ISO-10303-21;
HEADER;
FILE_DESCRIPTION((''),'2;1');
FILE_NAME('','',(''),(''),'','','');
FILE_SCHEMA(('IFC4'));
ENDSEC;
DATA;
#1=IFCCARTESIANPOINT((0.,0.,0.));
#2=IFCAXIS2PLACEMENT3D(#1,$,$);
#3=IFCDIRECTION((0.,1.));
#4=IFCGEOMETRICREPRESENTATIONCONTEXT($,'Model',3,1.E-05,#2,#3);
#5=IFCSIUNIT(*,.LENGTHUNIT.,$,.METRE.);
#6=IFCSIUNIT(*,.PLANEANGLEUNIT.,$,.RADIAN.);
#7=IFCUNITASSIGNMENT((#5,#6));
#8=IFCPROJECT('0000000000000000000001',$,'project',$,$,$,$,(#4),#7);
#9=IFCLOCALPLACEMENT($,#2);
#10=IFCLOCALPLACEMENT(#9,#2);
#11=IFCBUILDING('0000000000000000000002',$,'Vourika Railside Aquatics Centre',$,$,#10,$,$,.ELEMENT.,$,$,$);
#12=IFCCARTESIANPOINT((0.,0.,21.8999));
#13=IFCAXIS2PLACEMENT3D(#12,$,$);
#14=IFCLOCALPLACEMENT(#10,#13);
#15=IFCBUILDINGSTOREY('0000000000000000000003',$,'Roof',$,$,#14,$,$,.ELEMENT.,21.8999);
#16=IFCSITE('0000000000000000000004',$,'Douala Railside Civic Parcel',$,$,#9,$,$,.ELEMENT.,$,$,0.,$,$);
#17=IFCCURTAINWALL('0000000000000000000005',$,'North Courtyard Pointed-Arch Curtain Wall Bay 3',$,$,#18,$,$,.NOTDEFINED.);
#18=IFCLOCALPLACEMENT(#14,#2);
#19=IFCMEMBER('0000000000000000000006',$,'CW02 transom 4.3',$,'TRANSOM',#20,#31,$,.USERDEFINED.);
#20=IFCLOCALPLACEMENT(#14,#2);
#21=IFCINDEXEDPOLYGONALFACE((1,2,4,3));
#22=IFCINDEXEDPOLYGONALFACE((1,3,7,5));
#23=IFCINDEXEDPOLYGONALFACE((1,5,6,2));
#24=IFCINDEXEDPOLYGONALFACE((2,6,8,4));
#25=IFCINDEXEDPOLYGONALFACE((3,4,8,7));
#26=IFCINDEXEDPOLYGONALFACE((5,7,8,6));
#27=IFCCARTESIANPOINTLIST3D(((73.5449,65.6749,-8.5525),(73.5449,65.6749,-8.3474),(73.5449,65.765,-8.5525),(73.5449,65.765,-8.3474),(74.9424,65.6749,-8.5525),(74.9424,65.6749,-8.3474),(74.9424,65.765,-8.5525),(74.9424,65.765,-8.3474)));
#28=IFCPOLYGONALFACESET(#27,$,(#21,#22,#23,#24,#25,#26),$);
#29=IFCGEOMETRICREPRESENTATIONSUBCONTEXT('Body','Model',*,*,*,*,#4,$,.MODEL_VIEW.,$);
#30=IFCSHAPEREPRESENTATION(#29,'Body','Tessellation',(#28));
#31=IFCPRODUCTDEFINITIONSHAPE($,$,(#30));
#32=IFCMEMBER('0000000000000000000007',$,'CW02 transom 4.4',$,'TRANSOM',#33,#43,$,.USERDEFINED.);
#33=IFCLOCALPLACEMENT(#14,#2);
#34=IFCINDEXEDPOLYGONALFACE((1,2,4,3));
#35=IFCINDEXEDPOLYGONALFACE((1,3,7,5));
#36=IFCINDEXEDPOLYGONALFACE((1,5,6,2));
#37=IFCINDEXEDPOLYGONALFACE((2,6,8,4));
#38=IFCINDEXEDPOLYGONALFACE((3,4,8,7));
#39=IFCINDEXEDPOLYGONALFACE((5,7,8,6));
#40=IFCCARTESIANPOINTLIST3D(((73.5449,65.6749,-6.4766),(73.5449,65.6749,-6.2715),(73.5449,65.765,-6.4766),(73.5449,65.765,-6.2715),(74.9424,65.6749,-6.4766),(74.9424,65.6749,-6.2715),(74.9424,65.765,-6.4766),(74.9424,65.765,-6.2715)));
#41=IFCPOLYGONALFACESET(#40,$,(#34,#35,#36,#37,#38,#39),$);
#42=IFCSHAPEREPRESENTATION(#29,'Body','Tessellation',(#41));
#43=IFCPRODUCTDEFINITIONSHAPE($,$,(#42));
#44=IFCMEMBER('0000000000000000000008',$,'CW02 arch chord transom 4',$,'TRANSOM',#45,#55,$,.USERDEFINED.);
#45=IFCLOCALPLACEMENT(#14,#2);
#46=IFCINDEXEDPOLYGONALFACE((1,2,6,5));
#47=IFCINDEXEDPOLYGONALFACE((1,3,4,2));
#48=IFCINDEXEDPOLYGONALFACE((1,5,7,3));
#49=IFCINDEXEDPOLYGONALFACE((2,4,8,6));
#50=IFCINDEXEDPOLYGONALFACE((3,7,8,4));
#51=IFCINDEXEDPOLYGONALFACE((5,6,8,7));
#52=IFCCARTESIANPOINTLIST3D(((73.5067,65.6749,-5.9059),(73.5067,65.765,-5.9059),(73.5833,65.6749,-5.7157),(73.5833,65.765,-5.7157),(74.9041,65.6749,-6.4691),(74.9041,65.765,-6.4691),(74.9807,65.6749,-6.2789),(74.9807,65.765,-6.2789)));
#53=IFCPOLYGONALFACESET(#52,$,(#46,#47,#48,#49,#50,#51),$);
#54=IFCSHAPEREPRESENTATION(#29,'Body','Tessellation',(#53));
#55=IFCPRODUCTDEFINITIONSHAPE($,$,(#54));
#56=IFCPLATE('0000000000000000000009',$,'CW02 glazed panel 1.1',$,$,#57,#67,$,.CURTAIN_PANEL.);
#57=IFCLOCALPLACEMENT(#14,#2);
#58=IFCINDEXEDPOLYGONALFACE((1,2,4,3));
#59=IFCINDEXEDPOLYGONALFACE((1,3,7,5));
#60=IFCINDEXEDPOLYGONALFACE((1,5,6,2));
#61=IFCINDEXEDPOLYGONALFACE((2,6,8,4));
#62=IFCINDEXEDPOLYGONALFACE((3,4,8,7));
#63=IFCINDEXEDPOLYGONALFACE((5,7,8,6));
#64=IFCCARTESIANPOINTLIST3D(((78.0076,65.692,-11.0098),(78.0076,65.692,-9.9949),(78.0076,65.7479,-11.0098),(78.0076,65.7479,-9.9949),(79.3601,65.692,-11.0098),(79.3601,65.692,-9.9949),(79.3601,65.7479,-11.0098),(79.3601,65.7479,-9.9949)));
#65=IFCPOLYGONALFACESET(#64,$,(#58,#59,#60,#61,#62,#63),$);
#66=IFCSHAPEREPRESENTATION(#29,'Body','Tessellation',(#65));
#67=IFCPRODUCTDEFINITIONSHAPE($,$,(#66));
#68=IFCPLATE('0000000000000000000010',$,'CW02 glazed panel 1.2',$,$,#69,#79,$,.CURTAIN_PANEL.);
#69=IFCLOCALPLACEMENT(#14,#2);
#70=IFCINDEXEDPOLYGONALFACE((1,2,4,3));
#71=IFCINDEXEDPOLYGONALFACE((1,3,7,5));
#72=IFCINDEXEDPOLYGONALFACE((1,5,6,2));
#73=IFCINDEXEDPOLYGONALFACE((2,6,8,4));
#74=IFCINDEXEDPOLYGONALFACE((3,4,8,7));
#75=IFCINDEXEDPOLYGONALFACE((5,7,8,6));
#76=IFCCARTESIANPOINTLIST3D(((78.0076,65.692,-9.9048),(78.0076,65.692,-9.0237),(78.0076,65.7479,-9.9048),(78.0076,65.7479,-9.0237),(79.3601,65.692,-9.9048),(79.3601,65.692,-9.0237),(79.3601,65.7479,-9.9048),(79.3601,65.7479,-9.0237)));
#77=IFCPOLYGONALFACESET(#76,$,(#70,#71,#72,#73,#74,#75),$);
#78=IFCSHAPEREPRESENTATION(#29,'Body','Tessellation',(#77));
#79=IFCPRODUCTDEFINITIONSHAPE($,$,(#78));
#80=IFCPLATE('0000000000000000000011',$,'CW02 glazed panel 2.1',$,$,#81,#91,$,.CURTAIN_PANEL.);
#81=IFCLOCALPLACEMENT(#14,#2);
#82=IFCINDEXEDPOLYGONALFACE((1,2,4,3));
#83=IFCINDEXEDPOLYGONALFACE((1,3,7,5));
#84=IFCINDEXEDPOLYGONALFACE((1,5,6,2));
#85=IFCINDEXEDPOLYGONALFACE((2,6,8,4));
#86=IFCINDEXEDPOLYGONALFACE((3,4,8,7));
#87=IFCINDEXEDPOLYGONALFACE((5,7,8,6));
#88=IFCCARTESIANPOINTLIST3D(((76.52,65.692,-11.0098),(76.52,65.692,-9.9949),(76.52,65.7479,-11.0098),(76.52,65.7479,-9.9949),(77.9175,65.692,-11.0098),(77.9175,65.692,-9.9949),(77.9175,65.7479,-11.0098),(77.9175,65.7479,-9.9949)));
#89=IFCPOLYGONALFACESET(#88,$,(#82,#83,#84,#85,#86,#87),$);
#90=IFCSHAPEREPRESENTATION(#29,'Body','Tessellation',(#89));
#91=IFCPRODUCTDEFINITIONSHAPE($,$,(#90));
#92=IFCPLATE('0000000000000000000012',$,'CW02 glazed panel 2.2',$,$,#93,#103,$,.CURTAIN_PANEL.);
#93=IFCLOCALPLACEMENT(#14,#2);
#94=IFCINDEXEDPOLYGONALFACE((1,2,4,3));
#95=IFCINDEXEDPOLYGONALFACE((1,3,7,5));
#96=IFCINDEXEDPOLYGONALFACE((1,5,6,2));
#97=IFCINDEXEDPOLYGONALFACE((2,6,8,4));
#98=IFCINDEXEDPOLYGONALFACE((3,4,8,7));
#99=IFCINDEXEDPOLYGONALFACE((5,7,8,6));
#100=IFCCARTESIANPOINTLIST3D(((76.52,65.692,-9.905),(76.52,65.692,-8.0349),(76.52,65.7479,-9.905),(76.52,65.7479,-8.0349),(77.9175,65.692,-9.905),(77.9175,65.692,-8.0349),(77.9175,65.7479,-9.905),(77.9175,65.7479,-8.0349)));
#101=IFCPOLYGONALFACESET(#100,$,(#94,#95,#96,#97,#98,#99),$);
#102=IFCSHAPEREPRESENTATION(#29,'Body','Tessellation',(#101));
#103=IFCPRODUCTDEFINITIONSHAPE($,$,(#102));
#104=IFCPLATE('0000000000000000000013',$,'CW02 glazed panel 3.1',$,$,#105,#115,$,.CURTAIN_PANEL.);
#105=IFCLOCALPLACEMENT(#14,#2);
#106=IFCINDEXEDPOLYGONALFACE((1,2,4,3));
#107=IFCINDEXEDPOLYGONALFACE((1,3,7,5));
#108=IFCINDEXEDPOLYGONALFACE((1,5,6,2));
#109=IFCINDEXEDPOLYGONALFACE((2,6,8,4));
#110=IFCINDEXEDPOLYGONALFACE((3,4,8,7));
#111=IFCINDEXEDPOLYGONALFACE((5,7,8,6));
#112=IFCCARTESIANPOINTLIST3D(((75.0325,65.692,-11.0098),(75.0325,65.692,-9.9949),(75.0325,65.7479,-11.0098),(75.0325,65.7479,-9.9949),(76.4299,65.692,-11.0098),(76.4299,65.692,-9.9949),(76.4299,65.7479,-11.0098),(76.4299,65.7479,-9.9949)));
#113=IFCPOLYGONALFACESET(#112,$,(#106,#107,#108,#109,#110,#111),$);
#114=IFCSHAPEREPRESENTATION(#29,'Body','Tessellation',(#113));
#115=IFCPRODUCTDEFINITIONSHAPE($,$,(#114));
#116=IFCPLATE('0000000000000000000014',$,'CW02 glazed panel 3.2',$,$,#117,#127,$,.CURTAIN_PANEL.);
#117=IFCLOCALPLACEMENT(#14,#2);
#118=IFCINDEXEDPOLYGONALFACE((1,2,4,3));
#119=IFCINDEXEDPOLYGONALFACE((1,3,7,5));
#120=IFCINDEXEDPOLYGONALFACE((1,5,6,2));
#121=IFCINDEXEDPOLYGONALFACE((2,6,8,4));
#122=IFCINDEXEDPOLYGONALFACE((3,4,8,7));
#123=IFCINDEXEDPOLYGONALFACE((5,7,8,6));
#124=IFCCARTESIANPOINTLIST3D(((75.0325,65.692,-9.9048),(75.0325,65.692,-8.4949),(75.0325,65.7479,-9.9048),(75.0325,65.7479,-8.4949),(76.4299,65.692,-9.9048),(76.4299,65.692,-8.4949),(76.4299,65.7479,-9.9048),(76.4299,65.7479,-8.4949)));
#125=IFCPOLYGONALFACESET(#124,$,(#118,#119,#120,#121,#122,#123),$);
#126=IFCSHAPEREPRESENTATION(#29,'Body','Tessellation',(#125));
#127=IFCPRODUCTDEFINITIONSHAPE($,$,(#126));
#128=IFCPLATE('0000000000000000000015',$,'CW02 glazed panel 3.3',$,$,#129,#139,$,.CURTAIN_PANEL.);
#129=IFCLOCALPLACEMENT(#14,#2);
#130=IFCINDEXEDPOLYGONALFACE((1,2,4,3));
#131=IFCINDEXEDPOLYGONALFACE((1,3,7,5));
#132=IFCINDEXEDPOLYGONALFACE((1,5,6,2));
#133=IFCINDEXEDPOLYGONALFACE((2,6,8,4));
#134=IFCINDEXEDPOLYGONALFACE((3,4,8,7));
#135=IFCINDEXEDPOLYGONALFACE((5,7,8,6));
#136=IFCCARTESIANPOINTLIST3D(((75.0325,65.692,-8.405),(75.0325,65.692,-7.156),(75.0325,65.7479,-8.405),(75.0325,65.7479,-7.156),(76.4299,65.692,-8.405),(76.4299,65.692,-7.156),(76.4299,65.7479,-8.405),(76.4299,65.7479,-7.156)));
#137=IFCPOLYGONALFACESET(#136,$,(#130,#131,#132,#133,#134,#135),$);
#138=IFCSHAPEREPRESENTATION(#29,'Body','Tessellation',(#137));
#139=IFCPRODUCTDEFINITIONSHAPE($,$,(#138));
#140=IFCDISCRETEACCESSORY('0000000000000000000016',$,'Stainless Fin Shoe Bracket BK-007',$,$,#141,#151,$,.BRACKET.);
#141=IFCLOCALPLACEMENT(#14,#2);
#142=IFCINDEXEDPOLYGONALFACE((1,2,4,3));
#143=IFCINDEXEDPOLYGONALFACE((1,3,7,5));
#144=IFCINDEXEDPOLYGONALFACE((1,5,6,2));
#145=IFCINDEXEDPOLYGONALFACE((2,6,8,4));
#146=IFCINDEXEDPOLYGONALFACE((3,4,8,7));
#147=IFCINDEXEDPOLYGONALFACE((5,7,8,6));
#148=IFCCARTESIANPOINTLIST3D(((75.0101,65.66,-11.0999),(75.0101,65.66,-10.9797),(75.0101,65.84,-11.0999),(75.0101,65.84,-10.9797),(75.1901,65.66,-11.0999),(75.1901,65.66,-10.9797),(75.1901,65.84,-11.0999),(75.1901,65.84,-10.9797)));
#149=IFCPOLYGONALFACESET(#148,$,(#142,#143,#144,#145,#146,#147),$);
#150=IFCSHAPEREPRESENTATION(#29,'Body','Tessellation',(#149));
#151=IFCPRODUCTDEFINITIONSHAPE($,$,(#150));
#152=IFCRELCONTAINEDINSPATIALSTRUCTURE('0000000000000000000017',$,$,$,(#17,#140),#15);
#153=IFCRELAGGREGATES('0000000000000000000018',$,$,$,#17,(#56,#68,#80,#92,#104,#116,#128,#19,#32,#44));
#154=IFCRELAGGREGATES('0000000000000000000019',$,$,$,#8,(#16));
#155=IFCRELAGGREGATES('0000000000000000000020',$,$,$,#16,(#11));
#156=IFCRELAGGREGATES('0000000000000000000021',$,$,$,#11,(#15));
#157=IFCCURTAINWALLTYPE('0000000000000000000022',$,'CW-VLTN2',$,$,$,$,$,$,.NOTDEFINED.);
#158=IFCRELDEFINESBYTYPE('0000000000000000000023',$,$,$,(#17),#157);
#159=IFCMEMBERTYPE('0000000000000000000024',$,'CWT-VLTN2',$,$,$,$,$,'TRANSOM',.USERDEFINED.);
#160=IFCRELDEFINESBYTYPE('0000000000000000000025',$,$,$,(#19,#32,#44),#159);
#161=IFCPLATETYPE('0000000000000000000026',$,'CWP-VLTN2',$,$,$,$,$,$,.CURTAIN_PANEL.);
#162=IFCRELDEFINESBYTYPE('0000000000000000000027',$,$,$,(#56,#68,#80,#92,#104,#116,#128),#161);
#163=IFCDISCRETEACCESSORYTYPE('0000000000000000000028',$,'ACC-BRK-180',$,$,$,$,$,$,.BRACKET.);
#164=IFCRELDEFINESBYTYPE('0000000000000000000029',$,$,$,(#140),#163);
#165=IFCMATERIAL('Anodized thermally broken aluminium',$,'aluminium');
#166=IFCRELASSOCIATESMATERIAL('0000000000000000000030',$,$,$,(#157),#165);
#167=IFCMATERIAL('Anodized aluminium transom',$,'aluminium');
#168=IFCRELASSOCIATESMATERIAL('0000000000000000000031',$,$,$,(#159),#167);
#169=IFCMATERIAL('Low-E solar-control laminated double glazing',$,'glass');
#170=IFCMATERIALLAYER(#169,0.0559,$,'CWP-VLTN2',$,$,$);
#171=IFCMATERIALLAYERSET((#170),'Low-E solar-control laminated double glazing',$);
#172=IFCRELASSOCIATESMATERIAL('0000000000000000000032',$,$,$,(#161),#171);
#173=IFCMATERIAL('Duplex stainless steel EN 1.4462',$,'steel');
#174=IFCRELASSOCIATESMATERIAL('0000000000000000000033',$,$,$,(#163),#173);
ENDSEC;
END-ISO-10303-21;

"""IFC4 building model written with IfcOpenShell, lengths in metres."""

from ifc_helpers import new_model, si_unit, direction, frame, origin, origin_2d, place, context, subcontext, project, spatial, rectangle, extrude, material, layer, layer_set, material_profile, profile_set, type_object, element, aggregate, save


model = new_model("IFC4")

# Units and contexts
model_context = context("Model", 3, precision=1e-05, world=origin(), true_north=direction((0.0, 1.0)))
body_context = subcontext(model_context, "Body", "Model", "MODEL_VIEW")
ifc_project = project(units=[si_unit("LENGTHUNIT", "METRE"), si_unit("PLANEANGLEUNIT", "RADIAN")], contexts=[model_context])

# Site, building, storey
site_placement = place(None, origin())
site = spatial("IfcSite", under=ifc_project, at=site_placement, Name="Douala Railside Civic Parcel", CompositionType="ELEMENT", RefElevation=0.0)
building_placement = place(site_placement, origin())
building = spatial("IfcBuilding", under=site, at=building_placement, Name="Vourika Railside Aquatics Centre", CompositionType="ELEMENT")
storey_placement = place(building_placement, frame((0.0, 0.0, 21.8999)))
storey = spatial("IfcBuildingStorey", under=building, at=storey_placement, Name="Roof", CompositionType="ELEMENT", Elevation=21.8999)

# Curtain wall, members, plates
ifc_material_1 = material(Name="Anodized thermally broken aluminium", Category="aluminium")
curtain_wall_type = type_object("IfcCurtainWallType", Name="CW-VLTN2", PredefinedType="NOTDEFINED", material=ifc_material_1)
curtain_wall_placement = place(storey_placement, origin())
curtain_wall = element("IfcCurtainWall", 1, at=curtain_wall_placement, inside=storey, type_object=curtain_wall_type, Name="North Courtyard Pointed-Arch Curtain Wall Bay 3", PredefinedType="NOTDEFINED")
ifc_material_2 = material(Name="Anodized aluminium transom", Category="aluminium")
ifc_material_profile_1 = material_profile(ifc_material_2, rectangle(XDim=0.0901, YDim=0.2051, at=origin_2d()), Name="ALU-T 90x205")
ifc_profile_set_1 = profile_set([ifc_material_profile_1], Name="Anodized aluminium transom")
member_type_1 = type_object("IfcMemberType", Name="CWT-VLTN2", ElementType="TRANSOM", PredefinedType="USERDEFINED", material=ifc_profile_set_1)
member_1_placement = place(storey_placement, frame((74.9424, 65.72, -8.45), z_axis=(-1.0, 0.0, 0.0), x_axis=(0.0, -1.0, 0.0)))
member_1 = element("IfcMember", 2, at=member_1_placement, type_object=member_type_1, Name="CW02 transom 4.3", ObjectType="TRANSOM", PredefinedType="USERDEFINED", context=body_context, shape_type="SweptSolid", body=[
    extrude(rectangle(XDim=0.0901, YDim=0.2051, at=origin_2d()), origin(), (0.0, 0.0, 1.0), 1.3975),
])
member_2_placement = place(storey_placement, frame((74.9424, 65.72, -6.374), z_axis=(-1.0, 0.0, 0.0), x_axis=(0.0, -1.0, 0.0)))
member_2 = element("IfcMember", 3, at=member_2_placement, type_object=member_type_1, Name="CW02 transom 4.4", ObjectType="TRANSOM", PredefinedType="USERDEFINED", context=body_context, shape_type="SweptSolid", body=[
    extrude(rectangle(XDim=0.0901, YDim=0.2051, at=origin_2d()), origin(), (0.0, 0.0, 1.0), 1.3975),
])
member_3_placement = place(storey_placement, frame((74.9424, 65.72, -6.374), z_axis=(-0.927501, 0.0, 0.37382), x_axis=(0.0, -1.0, 0.0)))
member_3 = element("IfcMember", 4, at=member_3_placement, type_object=member_type_1, Name="CW02 arch chord transom 4", ObjectType="TRANSOM", PredefinedType="USERDEFINED", context=body_context, shape_type="SweptSolid", body=[
    extrude(rectangle(XDim=0.0901, YDim=0.2051, at=origin_2d()), origin(), (0.0, 0.0, 1.0), 1.5066),
])
ifc_material_3 = material(Name="Low-E solar-control laminated double glazing", Category="glass")
ifc_layer = layer(ifc_material_3, 0.0559, Name="CWP-VLTN2")
ifc_layer_set = layer_set([ifc_layer], Name="Low-E solar-control laminated double glazing")
plate_type = type_object("IfcPlateType", Name="CWP-VLTN2", PredefinedType="CURTAIN_PANEL", material=ifc_layer_set)
plate_1_placement = place(storey_placement, frame((78.6838, 65.72, -11.0098), z_axis=(0.0, 0.0, 1.0), x_axis=(-1.0, 0.0, 0.0)))
plate_1 = element("IfcPlate", 5, at=plate_1_placement, type_object=plate_type, Name="CW02 glazed panel 1.1", PredefinedType="CURTAIN_PANEL", context=body_context, shape_type="SweptSolid", body=[
    extrude(rectangle(XDim=1.3525, YDim=0.0559, at=origin_2d()), origin(), (0.0, 0.0, 1.0), 1.0149),
])
plate_2_placement = place(storey_placement, frame((78.6838, 65.72, -9.9048), z_axis=(0.0, 0.0, 1.0), x_axis=(-1.0, 0.0, 0.0)))
plate_2 = element("IfcPlate", 6, at=plate_2_placement, type_object=plate_type, Name="CW02 glazed panel 1.2", PredefinedType="CURTAIN_PANEL", context=body_context, shape_type="SweptSolid", body=[
    extrude(rectangle(XDim=1.3525, YDim=0.0559, at=origin_2d()), origin(), (0.0, 0.0, 1.0), 0.8811),
])
plate_3_placement = place(storey_placement, frame((77.2188, 65.72, -11.0098), z_axis=(0.0, 0.0, 1.0), x_axis=(-1.0, 0.0, 0.0)))
plate_3 = element("IfcPlate", 7, at=plate_3_placement, type_object=plate_type, Name="CW02 glazed panel 2.1", PredefinedType="CURTAIN_PANEL", context=body_context, shape_type="SweptSolid", body=[
    extrude(rectangle(XDim=1.3975, YDim=0.0559, at=origin_2d()), origin(), (0.0, 0.0, 1.0), 1.0149),
])
plate_4_placement = place(storey_placement, frame((77.2188, 65.72, -9.905), z_axis=(0.0, 0.0, 1.0), x_axis=(-1.0, 0.0, 0.0)))
plate_4 = element("IfcPlate", 8, at=plate_4_placement, type_object=plate_type, Name="CW02 glazed panel 2.2", PredefinedType="CURTAIN_PANEL", context=body_context, shape_type="SweptSolid", body=[
    extrude(rectangle(XDim=1.3975, YDim=0.0559, at=origin_2d()), origin(), (0.0, 0.0, 1.0), 1.8701),
])
plate_5_placement = place(storey_placement, frame((75.7312, 65.72, -11.0098), z_axis=(0.0, 0.0, 1.0), x_axis=(-1.0, 0.0, 0.0)))
plate_5 = element("IfcPlate", 9, at=plate_5_placement, type_object=plate_type, Name="CW02 glazed panel 3.1", PredefinedType="CURTAIN_PANEL", context=body_context, shape_type="SweptSolid", body=[
    extrude(rectangle(XDim=1.3975, YDim=0.0559, at=origin_2d()), origin(), (0.0, 0.0, 1.0), 1.0149),
])
plate_6_placement = place(storey_placement, frame((75.7312, 65.72, -9.9048), z_axis=(0.0, 0.0, 1.0), x_axis=(-1.0, 0.0, 0.0)))
plate_6 = element("IfcPlate", 10, at=plate_6_placement, type_object=plate_type, Name="CW02 glazed panel 3.2", PredefinedType="CURTAIN_PANEL", context=body_context, shape_type="SweptSolid", body=[
    extrude(rectangle(XDim=1.3975, YDim=0.0559, at=origin_2d()), origin(), (0.0, 0.0, 1.0), 1.4099),
])
plate_7_placement = place(storey_placement, frame((75.7312, 65.72, -8.405), z_axis=(0.0, 0.0, 1.0), x_axis=(-1.0, 0.0, 0.0)))
plate_7 = element("IfcPlate", 11, at=plate_7_placement, type_object=plate_type, Name="CW02 glazed panel 3.3", PredefinedType="CURTAIN_PANEL", context=body_context, shape_type="SweptSolid", body=[
    extrude(rectangle(XDim=1.3975, YDim=0.0559, at=origin_2d()), origin(), (0.0, 0.0, 1.0), 1.249),
])
aggregate(curtain_wall, [plate_1, plate_2, plate_3, plate_4, plate_5, plate_6, plate_7, member_1, member_2, member_3])

# Discrete accessory
ifc_material_4 = material(Name="Duplex stainless steel EN 1.4462", Category="steel")
discrete_accessory_type = type_object("IfcDiscreteAccessoryType", Name="ACC-BRK-180", PredefinedType="BRACKET", material=ifc_material_4)
discrete_accessory_placement = place(storey_placement, frame((75.1001, 65.75, -11.0999), z_axis=(0.0, 0.0, 1.0), x_axis=(0.0, 1.0, 0.0)))
element("IfcDiscreteAccessory", 12, at=discrete_accessory_placement, inside=storey, type_object=discrete_accessory_type, Name="Stainless Fin Shoe Bracket BK-007", PredefinedType="BRACKET", context=body_context, shape_type="SweptSolid", body=[
    extrude(rectangle(XDim=0.1799, YDim=0.1799, at=origin_2d()), origin(), (0.0, 0.0, 1.0), 0.1201),
])

save(model, "model.ifc")
